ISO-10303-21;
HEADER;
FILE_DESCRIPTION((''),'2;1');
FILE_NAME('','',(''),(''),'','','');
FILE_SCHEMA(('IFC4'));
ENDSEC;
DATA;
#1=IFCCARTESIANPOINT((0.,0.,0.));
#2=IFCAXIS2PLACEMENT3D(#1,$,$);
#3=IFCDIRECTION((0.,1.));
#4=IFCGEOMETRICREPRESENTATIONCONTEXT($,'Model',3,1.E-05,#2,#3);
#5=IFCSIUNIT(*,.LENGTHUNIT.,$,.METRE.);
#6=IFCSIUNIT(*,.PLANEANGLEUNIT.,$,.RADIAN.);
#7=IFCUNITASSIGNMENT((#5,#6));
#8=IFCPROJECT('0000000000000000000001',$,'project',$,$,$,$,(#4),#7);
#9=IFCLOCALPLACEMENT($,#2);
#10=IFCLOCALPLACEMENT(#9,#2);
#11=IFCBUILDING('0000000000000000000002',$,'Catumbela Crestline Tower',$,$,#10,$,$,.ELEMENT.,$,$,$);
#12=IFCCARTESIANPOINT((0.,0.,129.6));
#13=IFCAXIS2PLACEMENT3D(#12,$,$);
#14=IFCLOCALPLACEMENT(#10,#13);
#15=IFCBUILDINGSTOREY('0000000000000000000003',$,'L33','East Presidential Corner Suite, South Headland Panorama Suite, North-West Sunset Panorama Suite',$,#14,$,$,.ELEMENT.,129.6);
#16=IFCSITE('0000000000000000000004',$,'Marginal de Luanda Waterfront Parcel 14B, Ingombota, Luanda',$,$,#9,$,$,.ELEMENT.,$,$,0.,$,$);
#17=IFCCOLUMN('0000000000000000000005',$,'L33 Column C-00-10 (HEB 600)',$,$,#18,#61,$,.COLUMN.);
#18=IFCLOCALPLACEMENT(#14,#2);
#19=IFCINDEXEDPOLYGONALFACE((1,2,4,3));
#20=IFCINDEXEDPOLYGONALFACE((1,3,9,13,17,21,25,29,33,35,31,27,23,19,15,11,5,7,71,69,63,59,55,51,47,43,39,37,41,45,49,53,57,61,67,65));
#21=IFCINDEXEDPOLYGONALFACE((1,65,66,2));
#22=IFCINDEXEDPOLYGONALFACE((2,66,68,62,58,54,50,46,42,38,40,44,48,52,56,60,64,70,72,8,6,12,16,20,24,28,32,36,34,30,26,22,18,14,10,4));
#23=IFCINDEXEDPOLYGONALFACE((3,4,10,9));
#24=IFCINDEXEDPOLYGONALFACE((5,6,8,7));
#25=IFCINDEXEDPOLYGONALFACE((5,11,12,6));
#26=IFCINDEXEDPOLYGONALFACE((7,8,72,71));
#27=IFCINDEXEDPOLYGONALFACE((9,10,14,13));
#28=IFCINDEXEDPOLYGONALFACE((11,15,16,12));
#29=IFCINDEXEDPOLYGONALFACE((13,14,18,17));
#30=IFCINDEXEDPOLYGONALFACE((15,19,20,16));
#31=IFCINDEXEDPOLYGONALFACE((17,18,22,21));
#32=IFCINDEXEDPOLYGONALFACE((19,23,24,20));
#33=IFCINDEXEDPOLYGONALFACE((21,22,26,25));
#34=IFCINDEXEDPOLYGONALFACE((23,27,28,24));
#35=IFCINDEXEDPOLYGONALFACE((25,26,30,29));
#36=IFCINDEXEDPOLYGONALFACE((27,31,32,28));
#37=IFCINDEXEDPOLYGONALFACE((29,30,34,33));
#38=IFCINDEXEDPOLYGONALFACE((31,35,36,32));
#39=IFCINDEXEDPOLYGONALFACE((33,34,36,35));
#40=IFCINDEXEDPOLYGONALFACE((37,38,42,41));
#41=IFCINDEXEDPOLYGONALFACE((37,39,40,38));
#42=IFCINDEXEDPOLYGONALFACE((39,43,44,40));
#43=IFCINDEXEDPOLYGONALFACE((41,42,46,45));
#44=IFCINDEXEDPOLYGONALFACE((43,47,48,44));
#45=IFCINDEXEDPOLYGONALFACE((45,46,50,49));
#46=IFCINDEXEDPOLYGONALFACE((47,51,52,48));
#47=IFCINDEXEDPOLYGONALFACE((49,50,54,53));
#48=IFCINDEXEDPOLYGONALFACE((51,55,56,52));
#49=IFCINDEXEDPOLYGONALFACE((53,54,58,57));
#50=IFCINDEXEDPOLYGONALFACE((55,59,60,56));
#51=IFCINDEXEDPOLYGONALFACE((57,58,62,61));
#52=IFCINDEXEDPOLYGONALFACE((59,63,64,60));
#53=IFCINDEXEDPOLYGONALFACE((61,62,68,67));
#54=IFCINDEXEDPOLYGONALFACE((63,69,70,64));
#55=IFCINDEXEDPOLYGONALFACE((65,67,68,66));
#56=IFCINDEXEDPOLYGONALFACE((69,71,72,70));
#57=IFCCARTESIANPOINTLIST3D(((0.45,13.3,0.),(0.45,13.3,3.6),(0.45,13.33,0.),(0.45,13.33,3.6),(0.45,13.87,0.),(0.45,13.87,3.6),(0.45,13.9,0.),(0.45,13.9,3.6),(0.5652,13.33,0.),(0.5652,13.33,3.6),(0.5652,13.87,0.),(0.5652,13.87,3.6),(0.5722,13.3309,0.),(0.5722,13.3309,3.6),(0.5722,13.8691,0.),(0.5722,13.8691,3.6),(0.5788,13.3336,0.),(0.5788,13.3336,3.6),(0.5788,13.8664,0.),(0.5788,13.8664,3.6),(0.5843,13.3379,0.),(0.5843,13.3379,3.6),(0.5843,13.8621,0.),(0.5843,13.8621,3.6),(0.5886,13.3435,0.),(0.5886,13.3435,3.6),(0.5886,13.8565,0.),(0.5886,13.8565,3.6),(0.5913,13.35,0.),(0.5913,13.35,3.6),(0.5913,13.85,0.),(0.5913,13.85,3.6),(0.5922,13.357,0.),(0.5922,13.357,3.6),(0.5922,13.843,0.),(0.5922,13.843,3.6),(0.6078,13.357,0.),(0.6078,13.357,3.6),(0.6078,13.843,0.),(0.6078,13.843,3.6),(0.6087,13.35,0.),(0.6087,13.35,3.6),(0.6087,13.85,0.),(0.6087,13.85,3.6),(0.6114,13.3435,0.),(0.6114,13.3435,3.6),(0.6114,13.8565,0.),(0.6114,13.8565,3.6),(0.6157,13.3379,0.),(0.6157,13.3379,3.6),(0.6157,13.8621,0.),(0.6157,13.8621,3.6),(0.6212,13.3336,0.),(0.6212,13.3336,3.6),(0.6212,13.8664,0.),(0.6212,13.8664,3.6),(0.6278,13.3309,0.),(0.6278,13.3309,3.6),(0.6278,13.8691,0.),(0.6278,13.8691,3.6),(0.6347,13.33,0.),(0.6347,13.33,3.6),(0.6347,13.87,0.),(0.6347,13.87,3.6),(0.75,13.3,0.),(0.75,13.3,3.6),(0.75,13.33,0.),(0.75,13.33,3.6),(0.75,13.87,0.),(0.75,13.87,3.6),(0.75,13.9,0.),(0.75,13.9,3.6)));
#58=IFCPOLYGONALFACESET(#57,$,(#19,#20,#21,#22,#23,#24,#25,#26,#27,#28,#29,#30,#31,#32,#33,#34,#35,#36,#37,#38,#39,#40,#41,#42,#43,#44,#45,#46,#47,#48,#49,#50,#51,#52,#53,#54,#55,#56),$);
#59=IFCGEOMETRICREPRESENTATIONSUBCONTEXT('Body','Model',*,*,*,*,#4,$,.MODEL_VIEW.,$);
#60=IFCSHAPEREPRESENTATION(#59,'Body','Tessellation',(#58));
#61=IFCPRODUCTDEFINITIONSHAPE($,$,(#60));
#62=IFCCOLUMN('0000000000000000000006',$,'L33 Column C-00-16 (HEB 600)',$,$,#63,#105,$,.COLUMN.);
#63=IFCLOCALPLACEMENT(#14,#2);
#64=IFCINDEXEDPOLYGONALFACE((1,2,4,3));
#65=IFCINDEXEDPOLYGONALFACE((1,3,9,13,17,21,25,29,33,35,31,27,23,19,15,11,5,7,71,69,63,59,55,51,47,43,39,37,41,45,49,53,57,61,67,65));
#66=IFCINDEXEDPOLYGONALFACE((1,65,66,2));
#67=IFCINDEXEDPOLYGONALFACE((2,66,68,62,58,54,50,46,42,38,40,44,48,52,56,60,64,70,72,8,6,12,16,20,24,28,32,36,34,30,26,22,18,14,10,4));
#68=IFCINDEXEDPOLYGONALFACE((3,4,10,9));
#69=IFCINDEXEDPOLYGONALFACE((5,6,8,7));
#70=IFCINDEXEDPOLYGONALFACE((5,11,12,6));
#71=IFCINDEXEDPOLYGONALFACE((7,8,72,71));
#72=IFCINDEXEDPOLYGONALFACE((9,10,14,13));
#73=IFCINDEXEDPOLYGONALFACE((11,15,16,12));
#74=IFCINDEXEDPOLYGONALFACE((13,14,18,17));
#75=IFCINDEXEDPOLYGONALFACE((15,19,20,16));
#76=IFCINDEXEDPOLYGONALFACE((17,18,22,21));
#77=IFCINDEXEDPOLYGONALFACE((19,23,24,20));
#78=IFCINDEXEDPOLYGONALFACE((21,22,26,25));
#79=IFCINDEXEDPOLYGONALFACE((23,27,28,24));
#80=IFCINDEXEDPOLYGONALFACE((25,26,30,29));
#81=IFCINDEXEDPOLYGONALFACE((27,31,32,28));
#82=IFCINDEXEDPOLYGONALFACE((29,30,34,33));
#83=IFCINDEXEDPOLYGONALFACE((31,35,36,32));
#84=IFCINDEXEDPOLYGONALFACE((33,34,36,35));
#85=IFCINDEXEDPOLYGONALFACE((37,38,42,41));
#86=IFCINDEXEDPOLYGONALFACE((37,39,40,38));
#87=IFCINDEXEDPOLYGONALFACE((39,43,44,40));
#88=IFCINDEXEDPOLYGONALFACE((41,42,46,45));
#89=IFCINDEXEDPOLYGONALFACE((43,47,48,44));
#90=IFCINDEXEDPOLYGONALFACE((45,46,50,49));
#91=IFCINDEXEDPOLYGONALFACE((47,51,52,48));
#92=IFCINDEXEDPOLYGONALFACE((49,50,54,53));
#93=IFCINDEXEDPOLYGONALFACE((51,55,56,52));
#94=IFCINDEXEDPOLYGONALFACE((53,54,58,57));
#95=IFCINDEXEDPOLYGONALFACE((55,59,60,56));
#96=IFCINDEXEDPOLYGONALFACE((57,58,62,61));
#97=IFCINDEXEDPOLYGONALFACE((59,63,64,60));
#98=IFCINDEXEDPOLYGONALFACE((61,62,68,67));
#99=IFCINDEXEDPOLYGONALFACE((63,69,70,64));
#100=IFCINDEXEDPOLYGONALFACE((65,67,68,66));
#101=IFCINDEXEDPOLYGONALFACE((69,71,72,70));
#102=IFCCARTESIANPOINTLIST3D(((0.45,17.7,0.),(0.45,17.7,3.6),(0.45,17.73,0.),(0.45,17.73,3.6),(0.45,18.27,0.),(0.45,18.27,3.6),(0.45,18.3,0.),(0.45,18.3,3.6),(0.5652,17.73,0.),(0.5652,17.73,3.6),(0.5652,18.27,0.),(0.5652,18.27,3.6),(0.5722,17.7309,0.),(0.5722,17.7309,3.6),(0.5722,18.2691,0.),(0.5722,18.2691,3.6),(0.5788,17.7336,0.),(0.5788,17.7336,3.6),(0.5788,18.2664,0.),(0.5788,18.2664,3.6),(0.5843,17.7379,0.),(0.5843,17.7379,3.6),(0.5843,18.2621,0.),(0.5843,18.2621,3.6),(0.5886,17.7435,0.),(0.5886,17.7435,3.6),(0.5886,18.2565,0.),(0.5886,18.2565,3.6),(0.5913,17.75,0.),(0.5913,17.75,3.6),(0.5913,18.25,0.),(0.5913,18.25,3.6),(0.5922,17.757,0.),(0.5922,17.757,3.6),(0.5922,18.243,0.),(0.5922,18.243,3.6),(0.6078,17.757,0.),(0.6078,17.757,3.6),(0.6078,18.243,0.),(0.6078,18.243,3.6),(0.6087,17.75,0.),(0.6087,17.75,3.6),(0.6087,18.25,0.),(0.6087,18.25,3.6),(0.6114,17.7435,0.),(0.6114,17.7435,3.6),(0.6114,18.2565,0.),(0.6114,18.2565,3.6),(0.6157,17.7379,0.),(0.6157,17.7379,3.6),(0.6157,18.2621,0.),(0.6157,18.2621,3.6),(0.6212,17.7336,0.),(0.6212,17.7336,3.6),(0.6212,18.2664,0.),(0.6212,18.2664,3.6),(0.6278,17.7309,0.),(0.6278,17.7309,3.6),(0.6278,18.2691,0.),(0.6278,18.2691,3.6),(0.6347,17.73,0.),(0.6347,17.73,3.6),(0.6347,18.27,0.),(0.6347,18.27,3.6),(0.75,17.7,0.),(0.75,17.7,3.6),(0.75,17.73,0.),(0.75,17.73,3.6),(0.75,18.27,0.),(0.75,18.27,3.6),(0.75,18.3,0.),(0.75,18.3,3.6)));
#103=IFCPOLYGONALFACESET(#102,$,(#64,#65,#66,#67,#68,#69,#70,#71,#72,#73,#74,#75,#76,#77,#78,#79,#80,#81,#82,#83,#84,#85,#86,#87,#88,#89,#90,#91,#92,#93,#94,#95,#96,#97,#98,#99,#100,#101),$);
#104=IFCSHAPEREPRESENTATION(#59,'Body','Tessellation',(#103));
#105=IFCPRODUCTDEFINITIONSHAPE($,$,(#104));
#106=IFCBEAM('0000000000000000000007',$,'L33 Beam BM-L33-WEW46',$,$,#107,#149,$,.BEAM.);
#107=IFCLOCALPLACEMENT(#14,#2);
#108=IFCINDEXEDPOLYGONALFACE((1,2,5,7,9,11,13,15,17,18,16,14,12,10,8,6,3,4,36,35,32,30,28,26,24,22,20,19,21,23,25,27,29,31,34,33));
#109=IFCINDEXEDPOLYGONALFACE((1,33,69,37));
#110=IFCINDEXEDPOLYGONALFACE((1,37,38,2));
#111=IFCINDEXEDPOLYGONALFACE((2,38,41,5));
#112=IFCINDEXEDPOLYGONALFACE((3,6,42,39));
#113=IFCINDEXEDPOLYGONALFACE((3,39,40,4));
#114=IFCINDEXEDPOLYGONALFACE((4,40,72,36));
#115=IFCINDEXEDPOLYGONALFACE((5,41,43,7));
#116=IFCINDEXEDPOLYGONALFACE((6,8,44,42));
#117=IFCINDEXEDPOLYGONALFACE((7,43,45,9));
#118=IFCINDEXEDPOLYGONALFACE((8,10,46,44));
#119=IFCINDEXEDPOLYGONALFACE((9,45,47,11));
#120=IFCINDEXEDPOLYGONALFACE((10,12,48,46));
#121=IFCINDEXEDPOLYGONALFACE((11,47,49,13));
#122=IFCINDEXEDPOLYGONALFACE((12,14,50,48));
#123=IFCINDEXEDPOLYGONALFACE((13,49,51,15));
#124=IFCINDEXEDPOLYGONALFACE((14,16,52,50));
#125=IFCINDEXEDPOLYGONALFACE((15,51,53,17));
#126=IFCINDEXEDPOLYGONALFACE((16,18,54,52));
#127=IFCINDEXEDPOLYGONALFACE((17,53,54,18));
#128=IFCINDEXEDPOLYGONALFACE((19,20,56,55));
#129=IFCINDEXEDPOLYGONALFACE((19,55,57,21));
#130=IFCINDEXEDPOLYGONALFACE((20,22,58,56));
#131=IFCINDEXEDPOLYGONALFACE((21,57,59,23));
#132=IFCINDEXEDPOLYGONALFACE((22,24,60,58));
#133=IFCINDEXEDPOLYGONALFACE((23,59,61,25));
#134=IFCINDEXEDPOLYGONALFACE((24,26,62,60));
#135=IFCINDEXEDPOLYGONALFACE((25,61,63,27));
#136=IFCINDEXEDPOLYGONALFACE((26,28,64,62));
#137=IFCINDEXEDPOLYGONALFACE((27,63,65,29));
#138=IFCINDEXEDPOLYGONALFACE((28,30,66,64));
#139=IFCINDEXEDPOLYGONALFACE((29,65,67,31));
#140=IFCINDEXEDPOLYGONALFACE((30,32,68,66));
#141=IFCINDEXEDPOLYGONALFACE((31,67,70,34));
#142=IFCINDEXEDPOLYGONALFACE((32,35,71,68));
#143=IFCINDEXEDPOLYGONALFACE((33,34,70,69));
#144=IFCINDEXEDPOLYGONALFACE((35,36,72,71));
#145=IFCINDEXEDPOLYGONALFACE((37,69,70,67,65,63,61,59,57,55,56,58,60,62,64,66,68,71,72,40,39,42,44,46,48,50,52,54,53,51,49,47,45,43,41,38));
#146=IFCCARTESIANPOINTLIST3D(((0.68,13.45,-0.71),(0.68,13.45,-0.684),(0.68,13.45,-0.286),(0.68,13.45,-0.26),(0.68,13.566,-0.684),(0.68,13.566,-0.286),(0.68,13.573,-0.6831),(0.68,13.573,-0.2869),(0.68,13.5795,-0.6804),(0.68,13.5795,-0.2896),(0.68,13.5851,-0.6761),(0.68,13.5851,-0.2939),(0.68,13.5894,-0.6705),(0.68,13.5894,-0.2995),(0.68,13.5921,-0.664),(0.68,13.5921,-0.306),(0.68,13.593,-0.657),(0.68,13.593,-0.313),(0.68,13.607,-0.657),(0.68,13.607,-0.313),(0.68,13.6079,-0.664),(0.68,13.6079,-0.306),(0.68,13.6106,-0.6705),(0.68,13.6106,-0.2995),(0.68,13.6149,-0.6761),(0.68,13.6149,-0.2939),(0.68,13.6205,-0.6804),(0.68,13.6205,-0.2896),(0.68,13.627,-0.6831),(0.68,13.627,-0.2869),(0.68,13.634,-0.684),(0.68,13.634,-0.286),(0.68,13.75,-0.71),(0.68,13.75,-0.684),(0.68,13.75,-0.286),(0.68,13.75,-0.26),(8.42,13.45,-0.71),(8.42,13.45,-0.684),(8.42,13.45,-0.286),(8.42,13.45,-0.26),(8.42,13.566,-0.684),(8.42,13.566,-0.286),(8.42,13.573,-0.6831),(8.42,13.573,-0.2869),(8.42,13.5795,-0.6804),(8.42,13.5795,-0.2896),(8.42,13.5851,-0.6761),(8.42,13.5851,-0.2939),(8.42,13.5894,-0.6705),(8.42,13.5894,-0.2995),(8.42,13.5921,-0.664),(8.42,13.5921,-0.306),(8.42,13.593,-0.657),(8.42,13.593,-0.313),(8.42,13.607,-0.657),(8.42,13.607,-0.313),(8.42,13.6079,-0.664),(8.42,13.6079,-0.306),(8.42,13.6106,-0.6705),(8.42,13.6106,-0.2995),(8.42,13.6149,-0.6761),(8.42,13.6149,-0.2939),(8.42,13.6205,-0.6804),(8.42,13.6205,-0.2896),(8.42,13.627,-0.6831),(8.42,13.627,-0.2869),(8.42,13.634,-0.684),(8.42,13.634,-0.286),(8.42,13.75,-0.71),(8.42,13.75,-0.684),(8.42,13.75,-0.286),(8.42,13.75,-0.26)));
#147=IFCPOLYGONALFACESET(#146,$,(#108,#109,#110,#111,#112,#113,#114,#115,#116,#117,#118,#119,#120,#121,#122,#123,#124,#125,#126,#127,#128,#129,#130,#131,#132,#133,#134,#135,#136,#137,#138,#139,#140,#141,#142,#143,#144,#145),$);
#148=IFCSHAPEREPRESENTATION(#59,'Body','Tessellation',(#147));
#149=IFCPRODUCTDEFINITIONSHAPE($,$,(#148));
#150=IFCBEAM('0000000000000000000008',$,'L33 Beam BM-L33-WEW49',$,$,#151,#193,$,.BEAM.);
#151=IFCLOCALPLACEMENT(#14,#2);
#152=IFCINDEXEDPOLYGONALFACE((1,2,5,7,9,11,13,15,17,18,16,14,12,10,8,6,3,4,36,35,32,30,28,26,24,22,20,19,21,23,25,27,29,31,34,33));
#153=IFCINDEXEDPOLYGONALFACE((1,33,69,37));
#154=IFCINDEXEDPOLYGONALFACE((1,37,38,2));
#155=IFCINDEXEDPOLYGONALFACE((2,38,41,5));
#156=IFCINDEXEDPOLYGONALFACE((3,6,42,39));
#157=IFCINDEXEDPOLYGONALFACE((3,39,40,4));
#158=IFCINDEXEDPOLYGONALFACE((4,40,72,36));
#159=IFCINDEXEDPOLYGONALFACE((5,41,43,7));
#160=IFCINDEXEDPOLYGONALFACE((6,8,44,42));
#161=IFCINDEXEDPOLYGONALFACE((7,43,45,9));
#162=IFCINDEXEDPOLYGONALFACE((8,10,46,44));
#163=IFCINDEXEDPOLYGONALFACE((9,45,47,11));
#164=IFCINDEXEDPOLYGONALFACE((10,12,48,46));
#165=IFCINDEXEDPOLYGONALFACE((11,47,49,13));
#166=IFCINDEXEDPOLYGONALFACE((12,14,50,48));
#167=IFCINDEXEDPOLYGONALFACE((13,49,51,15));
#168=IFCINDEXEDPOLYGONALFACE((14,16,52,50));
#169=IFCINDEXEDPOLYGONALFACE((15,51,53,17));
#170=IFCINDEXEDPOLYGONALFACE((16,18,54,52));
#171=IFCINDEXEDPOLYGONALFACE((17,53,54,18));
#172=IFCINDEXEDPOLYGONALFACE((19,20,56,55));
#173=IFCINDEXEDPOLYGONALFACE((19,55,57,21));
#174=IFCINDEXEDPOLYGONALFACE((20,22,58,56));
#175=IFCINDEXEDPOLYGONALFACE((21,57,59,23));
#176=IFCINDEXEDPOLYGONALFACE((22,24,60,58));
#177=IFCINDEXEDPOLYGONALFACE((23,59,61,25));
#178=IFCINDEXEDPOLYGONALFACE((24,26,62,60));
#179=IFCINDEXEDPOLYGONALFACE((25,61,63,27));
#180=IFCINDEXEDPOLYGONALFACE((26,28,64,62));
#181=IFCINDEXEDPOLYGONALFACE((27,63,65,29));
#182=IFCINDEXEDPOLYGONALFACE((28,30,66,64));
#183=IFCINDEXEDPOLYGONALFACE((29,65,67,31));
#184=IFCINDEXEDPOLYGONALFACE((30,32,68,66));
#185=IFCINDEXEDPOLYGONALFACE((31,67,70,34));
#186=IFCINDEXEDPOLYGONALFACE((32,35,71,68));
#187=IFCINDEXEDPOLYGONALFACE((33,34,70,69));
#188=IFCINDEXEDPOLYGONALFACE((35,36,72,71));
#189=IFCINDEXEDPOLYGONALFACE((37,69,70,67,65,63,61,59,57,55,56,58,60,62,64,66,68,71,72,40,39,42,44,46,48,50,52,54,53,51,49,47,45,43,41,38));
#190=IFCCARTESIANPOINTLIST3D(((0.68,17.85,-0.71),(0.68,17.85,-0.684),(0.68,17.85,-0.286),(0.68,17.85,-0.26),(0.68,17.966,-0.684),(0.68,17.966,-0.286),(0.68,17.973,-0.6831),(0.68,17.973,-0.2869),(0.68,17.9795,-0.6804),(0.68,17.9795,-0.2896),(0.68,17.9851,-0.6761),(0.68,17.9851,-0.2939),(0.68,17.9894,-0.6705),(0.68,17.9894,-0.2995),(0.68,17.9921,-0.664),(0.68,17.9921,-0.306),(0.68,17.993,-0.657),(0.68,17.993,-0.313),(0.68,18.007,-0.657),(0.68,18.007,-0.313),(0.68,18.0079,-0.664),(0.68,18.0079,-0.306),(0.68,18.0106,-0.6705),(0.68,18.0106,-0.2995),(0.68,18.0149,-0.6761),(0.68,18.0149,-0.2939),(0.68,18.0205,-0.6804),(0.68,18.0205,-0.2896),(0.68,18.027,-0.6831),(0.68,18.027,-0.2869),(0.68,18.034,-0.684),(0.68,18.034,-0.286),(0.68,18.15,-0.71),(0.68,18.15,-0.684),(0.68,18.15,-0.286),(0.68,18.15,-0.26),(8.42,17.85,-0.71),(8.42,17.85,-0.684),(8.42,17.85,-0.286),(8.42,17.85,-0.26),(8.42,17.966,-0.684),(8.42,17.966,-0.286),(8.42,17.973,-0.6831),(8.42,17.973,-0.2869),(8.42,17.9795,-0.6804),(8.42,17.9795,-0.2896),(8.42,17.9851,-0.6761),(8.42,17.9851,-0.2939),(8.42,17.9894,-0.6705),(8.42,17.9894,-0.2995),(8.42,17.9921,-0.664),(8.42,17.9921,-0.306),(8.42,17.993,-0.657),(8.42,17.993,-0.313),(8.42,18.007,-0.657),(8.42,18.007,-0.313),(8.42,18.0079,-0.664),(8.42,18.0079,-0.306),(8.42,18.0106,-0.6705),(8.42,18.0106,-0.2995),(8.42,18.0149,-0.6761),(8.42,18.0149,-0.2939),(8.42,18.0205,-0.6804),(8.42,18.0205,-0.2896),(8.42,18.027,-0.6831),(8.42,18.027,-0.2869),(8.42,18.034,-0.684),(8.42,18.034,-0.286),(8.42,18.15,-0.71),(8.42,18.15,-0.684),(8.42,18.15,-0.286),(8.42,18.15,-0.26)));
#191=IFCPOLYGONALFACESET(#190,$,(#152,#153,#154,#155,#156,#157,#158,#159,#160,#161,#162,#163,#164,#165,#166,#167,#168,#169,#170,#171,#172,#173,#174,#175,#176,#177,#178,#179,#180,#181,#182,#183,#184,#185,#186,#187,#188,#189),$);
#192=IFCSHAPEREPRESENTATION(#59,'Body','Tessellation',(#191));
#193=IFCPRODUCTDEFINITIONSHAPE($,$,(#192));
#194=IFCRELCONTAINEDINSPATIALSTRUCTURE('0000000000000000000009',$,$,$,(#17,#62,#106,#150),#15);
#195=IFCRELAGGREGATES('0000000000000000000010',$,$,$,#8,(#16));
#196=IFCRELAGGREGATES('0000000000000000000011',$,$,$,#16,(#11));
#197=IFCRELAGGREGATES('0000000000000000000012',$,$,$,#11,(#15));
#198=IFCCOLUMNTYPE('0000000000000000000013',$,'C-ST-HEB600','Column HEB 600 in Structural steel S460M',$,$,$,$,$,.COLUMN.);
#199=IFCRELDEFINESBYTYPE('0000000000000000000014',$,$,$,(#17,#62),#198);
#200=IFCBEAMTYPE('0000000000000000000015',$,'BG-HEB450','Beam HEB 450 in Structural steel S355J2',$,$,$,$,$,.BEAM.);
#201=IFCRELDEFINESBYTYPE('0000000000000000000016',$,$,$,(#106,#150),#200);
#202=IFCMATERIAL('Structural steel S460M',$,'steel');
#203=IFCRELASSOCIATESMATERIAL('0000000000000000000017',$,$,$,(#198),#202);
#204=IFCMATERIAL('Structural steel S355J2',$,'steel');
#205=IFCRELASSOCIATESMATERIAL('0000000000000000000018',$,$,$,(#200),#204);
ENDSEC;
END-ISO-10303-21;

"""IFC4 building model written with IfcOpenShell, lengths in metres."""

from ifc_helpers import new_model, si_unit, direction, frame, origin, origin_2d, place, context, subcontext, project, spatial, i_section, extrude, material, material_profile, profile_set, type_object, element, save


model = new_model("IFC4")

# Units and contexts
model_context = context("Model", 3, precision=1e-05, world=origin(), true_north=direction((0.0, 1.0)))
body_context = subcontext(model_context, "Body", "Model", "MODEL_VIEW")
ifc_project = project(units=[si_unit("LENGTHUNIT", "METRE"), si_unit("PLANEANGLEUNIT", "RADIAN")], contexts=[model_context])

# Site, building, storey
site_placement = place(None, origin())
site = spatial("IfcSite", under=ifc_project, at=site_placement, Name="Marginal de Luanda Waterfront Parcel 14B, Ingombota, Luanda", CompositionType="ELEMENT", RefElevation=0.0)
building_placement = place(site_placement, origin())
building = spatial("IfcBuilding", under=site, at=building_placement, Name="Catumbela Crestline Tower", CompositionType="ELEMENT")
storey_placement = place(building_placement, frame((0.0, 0.0, 129.6)))
storey = spatial("IfcBuildingStorey", under=building, at=storey_placement, Name="L33", Description="East Presidential Corner Suite, South Headland Panorama Suite, North-West Sunset Panorama Suite", CompositionType="ELEMENT", Elevation=129.6)

# Columns
ifc_material_1 = material(Name="Structural steel S460M", Category="steel")
ifc_material_profile_1 = material_profile(ifc_material_1, i_section(OverallWidth=0.3, OverallDepth=0.6, WebThickness=0.0155, FlangeThickness=0.03, FilletRadius=0.027, at=origin_2d()), Name="HEB 600")
ifc_profile_set_1 = profile_set([ifc_material_profile_1], Name="Structural steel S460M")
column_type = type_object("IfcColumnType", Name="C-ST-HEB600", Description="Column HEB 600 in Structural steel S460M", PredefinedType="COLUMN", material=ifc_profile_set_1)
for number, where, z_axis, x_axis, name in (
    (1, (0.6, 13.6, 0.0), (0.0, 0.0, 1.0), (1.0, 0.0, 0.0), "L33 Column C-00-10 (HEB 600)"),
    (2, (0.6, 18.0, 0.0), (0.0, 0.0, 1.0), (1.0, 0.0, 0.0), "L33 Column C-00-16 (HEB 600)"),
):
    element("IfcColumn", number, at=place(storey_placement, frame(where, z_axis=z_axis, x_axis=x_axis)), inside=storey, type_object=column_type, Name=name, PredefinedType="COLUMN", context=body_context, shape_type="SweptSolid", body=[
        extrude(i_section(OverallWidth=0.3, OverallDepth=0.6, WebThickness=0.0155, FlangeThickness=0.03, FilletRadius=0.027, at=origin_2d()), origin(), (0.0, 0.0, 1.0), 3.6),
    ])

# Beams
ifc_material_2 = material(Name="Structural steel S355J2", Category="steel")
ifc_material_profile_2 = material_profile(ifc_material_2, i_section(OverallWidth=0.3, OverallDepth=0.45, WebThickness=0.014, FlangeThickness=0.026, FilletRadius=0.027, at=origin_2d()), Name="HEB 450")
ifc_profile_set_2 = profile_set([ifc_material_profile_2], Name="Structural steel S355J2")
beam_type_1 = type_object("IfcBeamType", Name="BG-HEB450", Description="Beam HEB 450 in Structural steel S355J2", PredefinedType="BEAM", material=ifc_profile_set_2)
for number, where, z_axis, x_axis, name in (
    (3, (0.68, 13.6, -0.485), (1.0, 0.0, 0.0), (0.0, 1.0, 0.0), "L33 Beam BM-L33-WEW46"),
    (4, (0.68, 18.0, -0.485), (1.0, 0.0, 0.0), (0.0, 1.0, 0.0), "L33 Beam BM-L33-WEW49"),
):
    element("IfcBeam", number, at=place(storey_placement, frame(where, z_axis=z_axis, x_axis=x_axis)), inside=storey, type_object=beam_type_1, Name=name, PredefinedType="BEAM", context=body_context, shape_type="SweptSolid", body=[
        extrude(i_section(OverallWidth=0.3, OverallDepth=0.45, WebThickness=0.014, FlangeThickness=0.026, FilletRadius=0.027, at=origin_2d()), origin(), (0.0, 0.0, 1.0), 7.74),
    ])

save(model, "model.ifc")
